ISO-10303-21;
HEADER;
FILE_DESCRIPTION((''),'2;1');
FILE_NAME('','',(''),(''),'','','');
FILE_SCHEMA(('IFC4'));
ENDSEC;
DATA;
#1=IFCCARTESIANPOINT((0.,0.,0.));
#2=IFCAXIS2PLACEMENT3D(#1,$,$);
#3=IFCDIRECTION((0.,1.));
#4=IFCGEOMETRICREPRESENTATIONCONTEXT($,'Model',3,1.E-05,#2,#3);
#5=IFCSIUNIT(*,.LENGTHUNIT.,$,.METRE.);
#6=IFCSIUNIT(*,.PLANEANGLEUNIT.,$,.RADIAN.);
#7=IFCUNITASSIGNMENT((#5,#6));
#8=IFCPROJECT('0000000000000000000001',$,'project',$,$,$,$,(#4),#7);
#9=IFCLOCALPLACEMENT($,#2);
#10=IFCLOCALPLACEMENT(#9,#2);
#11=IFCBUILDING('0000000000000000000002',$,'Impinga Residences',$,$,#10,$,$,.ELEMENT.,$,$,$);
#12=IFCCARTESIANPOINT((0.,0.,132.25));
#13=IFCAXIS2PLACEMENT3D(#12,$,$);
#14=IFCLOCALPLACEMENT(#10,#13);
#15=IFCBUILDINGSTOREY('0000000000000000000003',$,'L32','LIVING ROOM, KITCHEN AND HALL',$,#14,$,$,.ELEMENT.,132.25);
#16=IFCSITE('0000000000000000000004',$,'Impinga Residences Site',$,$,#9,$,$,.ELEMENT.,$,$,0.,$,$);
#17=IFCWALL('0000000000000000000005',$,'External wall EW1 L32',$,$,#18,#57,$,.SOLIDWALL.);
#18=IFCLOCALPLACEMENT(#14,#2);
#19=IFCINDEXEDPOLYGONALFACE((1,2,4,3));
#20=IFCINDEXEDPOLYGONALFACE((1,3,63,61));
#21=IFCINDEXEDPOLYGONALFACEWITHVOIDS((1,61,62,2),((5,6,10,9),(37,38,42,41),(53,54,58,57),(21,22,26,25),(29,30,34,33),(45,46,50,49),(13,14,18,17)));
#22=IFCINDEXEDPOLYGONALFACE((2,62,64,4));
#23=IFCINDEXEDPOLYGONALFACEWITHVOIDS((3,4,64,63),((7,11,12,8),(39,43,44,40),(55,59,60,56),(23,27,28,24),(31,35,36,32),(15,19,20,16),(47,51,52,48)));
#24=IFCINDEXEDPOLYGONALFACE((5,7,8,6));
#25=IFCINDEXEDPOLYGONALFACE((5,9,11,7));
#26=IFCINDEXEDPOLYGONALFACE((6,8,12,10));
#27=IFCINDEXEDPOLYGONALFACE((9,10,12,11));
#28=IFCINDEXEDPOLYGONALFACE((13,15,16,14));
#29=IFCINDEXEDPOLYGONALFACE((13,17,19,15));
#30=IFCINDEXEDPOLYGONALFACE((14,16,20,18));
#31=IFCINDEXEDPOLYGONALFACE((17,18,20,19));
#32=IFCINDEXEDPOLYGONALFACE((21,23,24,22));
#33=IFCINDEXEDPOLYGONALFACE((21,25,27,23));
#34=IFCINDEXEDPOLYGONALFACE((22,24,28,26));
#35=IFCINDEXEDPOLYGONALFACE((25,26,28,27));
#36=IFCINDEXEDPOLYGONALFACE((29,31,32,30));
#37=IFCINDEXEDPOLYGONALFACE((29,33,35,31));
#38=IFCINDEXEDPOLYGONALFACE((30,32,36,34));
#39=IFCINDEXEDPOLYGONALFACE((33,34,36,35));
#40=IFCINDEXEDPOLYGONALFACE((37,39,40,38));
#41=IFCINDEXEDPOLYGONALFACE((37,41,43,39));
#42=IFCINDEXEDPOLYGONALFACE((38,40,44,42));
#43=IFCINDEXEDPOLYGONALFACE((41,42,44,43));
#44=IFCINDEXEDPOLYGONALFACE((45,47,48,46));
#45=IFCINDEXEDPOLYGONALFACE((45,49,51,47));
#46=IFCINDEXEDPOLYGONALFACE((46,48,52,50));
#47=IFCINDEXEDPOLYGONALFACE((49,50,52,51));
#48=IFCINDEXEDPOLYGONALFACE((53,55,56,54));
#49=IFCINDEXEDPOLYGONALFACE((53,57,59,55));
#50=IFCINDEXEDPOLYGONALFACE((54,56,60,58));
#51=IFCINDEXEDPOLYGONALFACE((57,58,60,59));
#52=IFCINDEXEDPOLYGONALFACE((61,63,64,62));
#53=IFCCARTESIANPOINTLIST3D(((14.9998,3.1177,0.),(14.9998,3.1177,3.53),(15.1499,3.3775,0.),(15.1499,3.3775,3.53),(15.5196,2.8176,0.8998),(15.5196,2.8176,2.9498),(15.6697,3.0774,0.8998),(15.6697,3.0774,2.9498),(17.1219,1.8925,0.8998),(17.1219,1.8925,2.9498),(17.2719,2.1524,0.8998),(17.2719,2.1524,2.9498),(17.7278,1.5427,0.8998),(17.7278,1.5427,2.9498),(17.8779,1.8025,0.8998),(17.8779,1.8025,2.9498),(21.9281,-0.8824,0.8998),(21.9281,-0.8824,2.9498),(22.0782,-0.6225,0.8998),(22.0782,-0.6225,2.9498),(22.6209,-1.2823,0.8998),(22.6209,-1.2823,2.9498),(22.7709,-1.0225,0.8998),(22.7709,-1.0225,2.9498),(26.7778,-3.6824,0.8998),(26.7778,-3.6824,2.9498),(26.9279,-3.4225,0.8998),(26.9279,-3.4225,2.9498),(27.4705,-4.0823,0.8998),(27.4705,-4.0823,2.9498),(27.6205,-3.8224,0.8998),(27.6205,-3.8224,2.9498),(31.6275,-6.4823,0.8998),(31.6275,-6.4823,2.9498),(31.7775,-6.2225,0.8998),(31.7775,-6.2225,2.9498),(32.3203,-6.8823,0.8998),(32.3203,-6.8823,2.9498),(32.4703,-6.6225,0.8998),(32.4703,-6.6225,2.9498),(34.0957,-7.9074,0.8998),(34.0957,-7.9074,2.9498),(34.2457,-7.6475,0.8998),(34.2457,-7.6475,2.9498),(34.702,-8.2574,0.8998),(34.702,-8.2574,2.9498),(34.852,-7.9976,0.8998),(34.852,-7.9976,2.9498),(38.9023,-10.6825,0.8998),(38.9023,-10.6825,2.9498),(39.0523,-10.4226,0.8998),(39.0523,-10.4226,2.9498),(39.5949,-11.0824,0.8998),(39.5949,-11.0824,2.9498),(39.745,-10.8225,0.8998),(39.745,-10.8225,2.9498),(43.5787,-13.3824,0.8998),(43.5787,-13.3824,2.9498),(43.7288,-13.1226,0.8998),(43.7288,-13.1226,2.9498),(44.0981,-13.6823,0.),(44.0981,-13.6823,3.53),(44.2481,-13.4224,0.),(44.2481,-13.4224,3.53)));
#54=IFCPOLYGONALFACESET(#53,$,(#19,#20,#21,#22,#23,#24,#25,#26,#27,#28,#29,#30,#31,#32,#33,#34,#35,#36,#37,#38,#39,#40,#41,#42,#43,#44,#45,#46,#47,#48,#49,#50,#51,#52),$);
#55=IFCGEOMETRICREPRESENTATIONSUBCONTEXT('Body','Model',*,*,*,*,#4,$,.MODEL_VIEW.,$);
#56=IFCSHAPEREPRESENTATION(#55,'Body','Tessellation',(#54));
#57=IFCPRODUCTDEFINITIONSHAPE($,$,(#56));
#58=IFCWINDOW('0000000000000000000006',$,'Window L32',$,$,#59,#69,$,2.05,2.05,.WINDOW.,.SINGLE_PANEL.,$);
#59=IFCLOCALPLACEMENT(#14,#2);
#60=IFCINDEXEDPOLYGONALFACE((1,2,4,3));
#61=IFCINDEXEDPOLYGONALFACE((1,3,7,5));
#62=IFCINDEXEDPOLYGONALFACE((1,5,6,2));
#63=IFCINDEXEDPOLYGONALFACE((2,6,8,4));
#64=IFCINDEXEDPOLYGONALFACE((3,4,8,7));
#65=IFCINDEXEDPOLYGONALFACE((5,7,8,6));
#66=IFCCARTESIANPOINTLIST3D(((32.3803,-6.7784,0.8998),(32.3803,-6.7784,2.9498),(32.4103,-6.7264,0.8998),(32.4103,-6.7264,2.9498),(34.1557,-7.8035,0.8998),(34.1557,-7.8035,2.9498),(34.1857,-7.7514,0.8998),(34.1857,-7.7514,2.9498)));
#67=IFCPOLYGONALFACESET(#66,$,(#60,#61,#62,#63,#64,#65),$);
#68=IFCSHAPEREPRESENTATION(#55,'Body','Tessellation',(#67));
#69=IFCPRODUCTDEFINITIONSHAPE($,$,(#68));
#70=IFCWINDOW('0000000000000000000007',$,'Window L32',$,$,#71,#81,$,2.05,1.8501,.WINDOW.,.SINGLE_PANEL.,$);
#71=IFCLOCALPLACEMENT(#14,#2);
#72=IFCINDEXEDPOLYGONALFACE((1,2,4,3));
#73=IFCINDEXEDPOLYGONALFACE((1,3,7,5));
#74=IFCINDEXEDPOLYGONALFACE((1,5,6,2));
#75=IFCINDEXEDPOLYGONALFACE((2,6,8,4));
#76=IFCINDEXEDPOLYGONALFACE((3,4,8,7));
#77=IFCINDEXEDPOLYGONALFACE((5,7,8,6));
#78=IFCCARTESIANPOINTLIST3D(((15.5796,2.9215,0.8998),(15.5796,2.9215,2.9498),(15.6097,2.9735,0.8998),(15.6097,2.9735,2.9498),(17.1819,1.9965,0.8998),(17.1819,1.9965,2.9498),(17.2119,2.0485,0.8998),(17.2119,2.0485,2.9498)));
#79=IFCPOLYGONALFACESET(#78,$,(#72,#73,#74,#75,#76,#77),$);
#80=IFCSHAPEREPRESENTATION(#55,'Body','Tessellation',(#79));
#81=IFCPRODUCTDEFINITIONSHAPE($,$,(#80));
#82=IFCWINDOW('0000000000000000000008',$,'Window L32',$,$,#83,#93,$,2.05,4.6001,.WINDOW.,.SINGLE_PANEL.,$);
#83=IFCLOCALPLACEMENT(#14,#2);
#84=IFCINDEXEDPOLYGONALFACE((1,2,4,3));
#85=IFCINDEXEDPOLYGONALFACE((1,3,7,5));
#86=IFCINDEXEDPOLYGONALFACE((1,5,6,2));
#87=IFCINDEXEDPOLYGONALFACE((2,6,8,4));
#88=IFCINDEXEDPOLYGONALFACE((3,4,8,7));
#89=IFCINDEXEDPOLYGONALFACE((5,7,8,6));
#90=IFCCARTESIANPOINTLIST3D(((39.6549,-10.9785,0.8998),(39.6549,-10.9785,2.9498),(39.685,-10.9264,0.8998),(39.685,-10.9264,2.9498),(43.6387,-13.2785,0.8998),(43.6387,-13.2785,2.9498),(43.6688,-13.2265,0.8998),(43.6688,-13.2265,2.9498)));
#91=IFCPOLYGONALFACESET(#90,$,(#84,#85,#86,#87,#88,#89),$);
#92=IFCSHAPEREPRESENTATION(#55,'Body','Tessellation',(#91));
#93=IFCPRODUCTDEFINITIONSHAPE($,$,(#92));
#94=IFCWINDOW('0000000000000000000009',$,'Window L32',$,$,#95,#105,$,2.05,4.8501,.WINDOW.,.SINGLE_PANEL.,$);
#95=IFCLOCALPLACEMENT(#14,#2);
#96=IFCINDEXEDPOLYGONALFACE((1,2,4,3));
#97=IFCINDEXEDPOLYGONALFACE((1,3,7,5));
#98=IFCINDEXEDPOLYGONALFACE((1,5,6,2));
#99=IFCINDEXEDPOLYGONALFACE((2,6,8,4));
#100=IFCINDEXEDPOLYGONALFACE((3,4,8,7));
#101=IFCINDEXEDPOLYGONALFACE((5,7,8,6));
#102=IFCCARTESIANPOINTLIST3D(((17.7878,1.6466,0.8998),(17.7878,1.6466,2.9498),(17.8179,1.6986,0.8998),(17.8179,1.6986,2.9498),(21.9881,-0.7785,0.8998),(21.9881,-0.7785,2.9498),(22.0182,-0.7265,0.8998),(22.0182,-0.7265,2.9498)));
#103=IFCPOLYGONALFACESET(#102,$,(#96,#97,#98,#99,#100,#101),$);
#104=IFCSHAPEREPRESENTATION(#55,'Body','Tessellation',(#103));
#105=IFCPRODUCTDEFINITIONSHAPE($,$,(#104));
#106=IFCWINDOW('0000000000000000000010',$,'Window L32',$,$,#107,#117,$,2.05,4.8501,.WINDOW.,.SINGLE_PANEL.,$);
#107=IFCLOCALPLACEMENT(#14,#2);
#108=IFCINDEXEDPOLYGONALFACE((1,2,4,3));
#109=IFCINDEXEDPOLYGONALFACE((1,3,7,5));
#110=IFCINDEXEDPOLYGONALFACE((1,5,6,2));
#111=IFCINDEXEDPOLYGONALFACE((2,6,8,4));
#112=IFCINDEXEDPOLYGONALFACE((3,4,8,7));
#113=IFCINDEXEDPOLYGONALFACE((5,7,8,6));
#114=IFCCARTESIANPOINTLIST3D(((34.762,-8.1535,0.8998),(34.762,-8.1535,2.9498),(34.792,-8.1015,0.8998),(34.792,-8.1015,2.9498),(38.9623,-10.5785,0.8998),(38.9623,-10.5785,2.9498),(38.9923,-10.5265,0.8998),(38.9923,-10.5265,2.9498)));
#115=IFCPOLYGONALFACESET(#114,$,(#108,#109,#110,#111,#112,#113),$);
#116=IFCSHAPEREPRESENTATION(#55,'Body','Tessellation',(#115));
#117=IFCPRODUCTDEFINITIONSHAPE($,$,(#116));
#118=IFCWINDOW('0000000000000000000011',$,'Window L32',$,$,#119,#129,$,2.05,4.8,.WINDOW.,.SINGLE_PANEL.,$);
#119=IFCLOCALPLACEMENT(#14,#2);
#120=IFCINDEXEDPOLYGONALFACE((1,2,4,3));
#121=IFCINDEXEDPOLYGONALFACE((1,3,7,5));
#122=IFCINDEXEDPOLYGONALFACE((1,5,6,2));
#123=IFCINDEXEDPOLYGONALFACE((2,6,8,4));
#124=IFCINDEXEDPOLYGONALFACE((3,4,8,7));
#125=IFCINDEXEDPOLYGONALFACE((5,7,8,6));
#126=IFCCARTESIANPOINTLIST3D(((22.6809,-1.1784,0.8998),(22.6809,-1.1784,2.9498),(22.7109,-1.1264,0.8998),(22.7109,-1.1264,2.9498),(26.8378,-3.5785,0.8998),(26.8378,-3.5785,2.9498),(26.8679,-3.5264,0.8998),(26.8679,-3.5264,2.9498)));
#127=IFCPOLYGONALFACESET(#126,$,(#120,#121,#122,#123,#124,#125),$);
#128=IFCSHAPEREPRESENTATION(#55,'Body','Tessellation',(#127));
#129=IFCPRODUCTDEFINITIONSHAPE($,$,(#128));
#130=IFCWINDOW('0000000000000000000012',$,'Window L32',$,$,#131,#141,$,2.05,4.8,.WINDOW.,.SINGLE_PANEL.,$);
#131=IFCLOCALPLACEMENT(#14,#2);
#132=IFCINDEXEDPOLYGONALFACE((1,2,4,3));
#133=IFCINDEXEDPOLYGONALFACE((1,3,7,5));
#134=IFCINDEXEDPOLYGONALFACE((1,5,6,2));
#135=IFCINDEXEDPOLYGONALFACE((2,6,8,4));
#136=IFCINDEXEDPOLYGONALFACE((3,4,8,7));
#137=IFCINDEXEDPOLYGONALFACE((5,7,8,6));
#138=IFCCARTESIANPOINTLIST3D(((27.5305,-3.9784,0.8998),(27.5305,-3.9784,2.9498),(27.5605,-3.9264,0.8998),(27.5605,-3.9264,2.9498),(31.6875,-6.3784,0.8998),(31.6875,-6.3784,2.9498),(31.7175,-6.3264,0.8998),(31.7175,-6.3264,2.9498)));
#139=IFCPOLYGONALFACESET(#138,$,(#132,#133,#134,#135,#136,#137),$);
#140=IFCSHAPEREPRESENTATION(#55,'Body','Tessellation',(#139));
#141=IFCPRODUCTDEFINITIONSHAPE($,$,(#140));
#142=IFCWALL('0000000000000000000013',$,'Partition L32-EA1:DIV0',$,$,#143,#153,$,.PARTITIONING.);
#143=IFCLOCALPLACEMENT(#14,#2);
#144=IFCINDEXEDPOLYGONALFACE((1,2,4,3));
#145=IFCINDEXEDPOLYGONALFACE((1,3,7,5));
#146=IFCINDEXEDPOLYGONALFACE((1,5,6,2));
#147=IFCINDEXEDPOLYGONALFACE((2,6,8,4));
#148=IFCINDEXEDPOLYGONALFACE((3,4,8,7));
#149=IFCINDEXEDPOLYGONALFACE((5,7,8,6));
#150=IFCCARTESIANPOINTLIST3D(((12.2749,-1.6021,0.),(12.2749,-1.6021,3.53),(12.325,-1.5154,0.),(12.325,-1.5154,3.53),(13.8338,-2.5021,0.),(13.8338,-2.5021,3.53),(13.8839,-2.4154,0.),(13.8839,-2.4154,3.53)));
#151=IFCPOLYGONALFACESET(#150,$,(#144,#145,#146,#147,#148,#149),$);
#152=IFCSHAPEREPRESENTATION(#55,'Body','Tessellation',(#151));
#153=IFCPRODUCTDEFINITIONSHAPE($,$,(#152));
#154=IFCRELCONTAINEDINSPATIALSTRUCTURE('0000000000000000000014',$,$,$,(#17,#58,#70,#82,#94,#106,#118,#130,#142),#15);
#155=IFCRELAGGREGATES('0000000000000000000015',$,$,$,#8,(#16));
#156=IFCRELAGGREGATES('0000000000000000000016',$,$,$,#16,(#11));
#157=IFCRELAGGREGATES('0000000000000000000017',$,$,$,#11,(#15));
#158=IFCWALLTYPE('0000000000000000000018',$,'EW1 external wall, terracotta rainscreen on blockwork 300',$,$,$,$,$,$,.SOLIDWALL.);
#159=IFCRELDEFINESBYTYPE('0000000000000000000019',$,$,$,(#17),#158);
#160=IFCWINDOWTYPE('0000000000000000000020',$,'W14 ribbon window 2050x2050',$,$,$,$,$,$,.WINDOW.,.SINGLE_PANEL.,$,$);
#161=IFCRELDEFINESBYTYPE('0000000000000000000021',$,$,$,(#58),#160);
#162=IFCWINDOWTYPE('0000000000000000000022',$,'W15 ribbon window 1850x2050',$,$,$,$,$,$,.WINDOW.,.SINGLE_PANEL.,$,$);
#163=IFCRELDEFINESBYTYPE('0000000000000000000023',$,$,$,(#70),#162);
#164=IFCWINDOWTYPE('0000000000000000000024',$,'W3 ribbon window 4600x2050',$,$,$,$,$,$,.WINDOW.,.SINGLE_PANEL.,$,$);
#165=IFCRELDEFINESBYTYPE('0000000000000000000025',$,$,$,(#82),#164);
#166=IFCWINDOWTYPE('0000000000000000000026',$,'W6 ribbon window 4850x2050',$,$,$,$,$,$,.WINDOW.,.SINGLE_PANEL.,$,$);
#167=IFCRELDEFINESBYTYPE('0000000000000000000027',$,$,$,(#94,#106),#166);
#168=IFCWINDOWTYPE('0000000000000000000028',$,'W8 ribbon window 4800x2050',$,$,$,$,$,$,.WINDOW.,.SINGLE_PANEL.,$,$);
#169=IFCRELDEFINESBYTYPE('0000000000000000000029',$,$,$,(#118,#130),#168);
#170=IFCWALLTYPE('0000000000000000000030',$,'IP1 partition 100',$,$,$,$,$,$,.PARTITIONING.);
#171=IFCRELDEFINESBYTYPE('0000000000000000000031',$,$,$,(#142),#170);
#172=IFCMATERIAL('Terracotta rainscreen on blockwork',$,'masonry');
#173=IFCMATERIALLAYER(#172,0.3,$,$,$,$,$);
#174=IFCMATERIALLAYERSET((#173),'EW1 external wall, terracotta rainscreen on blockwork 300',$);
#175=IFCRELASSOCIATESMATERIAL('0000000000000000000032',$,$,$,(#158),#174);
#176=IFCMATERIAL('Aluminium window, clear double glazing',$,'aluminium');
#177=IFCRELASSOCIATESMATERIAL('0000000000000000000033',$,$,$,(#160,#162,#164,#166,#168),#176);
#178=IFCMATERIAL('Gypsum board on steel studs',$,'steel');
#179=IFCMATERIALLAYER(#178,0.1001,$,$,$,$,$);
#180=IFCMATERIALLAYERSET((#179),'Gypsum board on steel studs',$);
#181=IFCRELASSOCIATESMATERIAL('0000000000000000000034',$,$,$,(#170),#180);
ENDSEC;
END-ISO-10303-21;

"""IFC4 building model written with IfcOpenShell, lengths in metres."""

from ifc_helpers import new_model, si_unit, direction, frame, frame_2d, origin, place, context, subcontext, project, spatial, rectangle, extrude, material, layer, layer_set, type_object, element, fill, save


model = new_model("IFC4")

# Units and contexts
model_context = context("Model", 3, precision=1e-05, world=origin(), true_north=direction((0.0, 1.0)))
body_context = subcontext(model_context, "Body", "Model", "MODEL_VIEW")
ifc_project = project(units=[si_unit("LENGTHUNIT", "METRE"), si_unit("PLANEANGLEUNIT", "RADIAN")], contexts=[model_context])

# Site, building, storey
site_placement = place(None, origin())
site = spatial("IfcSite", under=ifc_project, at=site_placement, Name="Impinga Residences Site", CompositionType="ELEMENT", RefElevation=0.0)
building_placement = place(site_placement, origin())
building = spatial("IfcBuilding", under=site, at=building_placement, Name="Impinga Residences", CompositionType="ELEMENT")
storey_placement = place(building_placement, frame((0.0, 0.0, 132.25)))
storey = spatial("IfcBuildingStorey", under=building, at=storey_placement, Name="L32", Description="LIVING ROOM, KITCHEN AND HALL", CompositionType="ELEMENT", Elevation=132.25)

# Shared definitions
ifc_material_1 = material(Name="Terracotta rainscreen on blockwork", Category="masonry")
ifc_layer_1 = layer(ifc_material_1, 0.3)
ifc_layer_set_1 = layer_set([ifc_layer_1], Name="EW1 external wall, terracotta rainscreen on blockwork 300")
wall_type_1 = type_object("IfcWallType", Name="EW1 external wall, terracotta rainscreen on blockwork 300", PredefinedType="SOLIDWALL", material=ifc_layer_set_1)

# Wall, openings, windows
wall_1_placement = place(storey_placement, frame((15.075, 3.2476, 0.0), z_axis=(0.0, 0.0, 1.0), x_axis=(0.866024, -0.500002, 0.0)))
wall_1 = element("IfcWall", 1, at=wall_1_placement, inside=storey, type_object=wall_type_1, Name="External wall EW1 L32", PredefinedType="SOLIDWALL", context=body_context, shape_type="SweptSolid", body=[
    extrude(rectangle(XDim=33.5999, YDim=0.3, at=frame_2d((16.7998, 0.0))), origin(), (0.0, 0.0, 1.0), 3.53),
])
opening_1_placement = place(wall_1_placement, frame((0.6001, 0.0, 0.8999)))
opening_1 = element("IfcOpeningElement", 2, at=opening_1_placement, cuts=wall_1, PredefinedType="OPENING", context=body_context, shape_type="SweptSolid", body=[
    extrude(rectangle(XDim=1.8501, YDim=2.05, at=frame_2d((0.925, 1.0249))), frame((0.0, 0.1599, 0.0), z_axis=(0.0, -1.0, 0.0), x_axis=(1.0, 0.0, 0.0)), (0.0, 0.0, 1.0), 0.3201),
])
opening_2_placement = place(wall_1_placement, frame((3.1499, 0.0, 0.8999)))
opening_2 = element("IfcOpeningElement", 3, at=opening_2_placement, cuts=wall_1, PredefinedType="OPENING", context=body_context, shape_type="SweptSolid", body=[
    extrude(rectangle(XDim=4.8501, YDim=2.05, at=frame_2d((2.425, 1.0249))), frame((0.0, 0.1599, 0.0), z_axis=(0.0, -1.0, 0.0), x_axis=(1.0, 0.0, 0.0)), (0.0, 0.0, 1.0), 0.3201),
])
opening_3_placement = place(wall_1_placement, frame((8.8, 0.0, 0.8999)))
opening_3 = element("IfcOpeningElement", 4, at=opening_3_placement, cuts=wall_1, PredefinedType="OPENING", context=body_context, shape_type="SweptSolid", body=[
    extrude(rectangle(XDim=4.8, YDim=2.05, at=frame_2d((2.3999, 1.0249))), frame((0.0, 0.1599, 0.0), z_axis=(0.0, -1.0, 0.0), x_axis=(1.0, 0.0, 0.0)), (0.0, 0.0, 1.0), 0.3201),
])
opening_4_placement = place(wall_1_placement, frame((14.3999, 0.0, 0.8999)))
opening_4 = element("IfcOpeningElement", 5, at=opening_4_placement, cuts=wall_1, PredefinedType="OPENING", context=body_context, shape_type="SweptSolid", body=[
    extrude(rectangle(XDim=4.8, YDim=2.05, at=frame_2d((2.3999, 1.0249))), frame((0.0, 0.1599, 0.0), z_axis=(0.0, -1.0, 0.0), x_axis=(1.0, 0.0, 0.0)), (0.0, 0.0, 1.0), 0.3201),
])
opening_5_placement = place(wall_1_placement, frame((20.0, 0.0, 0.8999)))
opening_5 = element("IfcOpeningElement", 6, at=opening_5_placement, cuts=wall_1, PredefinedType="OPENING", context=body_context, shape_type="SweptSolid", body=[
    extrude(rectangle(XDim=2.05, YDim=2.05, at=frame_2d((1.0249, 1.0249))), frame((0.0, 0.1599, 0.0), z_axis=(0.0, -1.0, 0.0), x_axis=(1.0, 0.0, 0.0)), (0.0, 0.0, 1.0), 0.3201),
])
opening_6_placement = place(wall_1_placement, frame((22.75, 0.0, 0.8999)))
opening_6 = element("IfcOpeningElement", 7, at=opening_6_placement, cuts=wall_1, PredefinedType="OPENING", context=body_context, shape_type="SweptSolid", body=[
    extrude(rectangle(XDim=4.8501, YDim=2.05, at=frame_2d((2.425, 1.0249))), frame((0.0, 0.1599, 0.0), z_axis=(0.0, -1.0, 0.0), x_axis=(1.0, 0.0, 0.0)), (0.0, 0.0, 1.0), 0.3201),
])
opening_7_placement = place(wall_1_placement, frame((28.3999, 0.0, 0.8999)))
opening_7 = element("IfcOpeningElement", 8, at=opening_7_placement, cuts=wall_1, PredefinedType="OPENING", context=body_context, shape_type="SweptSolid", body=[
    extrude(rectangle(XDim=4.6001, YDim=2.05, at=frame_2d((2.3, 1.0249))), frame((0.0, 0.1599, 0.0), z_axis=(0.0, -1.0, 0.0), x_axis=(1.0, 0.0, 0.0)), (0.0, 0.0, 1.0), 0.3201),
])
ifc_material_2 = material(Name="Aluminium window, clear double glazing", Category="aluminium")
window_type_1 = type_object("IfcWindowType", Name="W14 ribbon window 2050x2050", PartitioningType="SINGLE_PANEL", PredefinedType="WINDOW", material=ifc_material_2)
window_1_placement = place(opening_5_placement, origin())
window_1 = element("IfcWindow", 9, at=window_1_placement, inside=storey, type_object=window_type_1, Name="Window L32", OverallHeight=2.05, OverallWidth=2.05, PartitioningType="SINGLE_PANEL", PredefinedType="WINDOW", context=body_context, shape_type="SweptSolid", body=[
    extrude(rectangle(XDim=2.05, YDim=2.05, at=frame_2d((1.0249, 1.0249))), frame((0.0, 0.03, 0.0), z_axis=(0.0, -1.0, 0.0), x_axis=(1.0, 0.0, 0.0)), (0.0, 0.0, 1.0), 0.0601),
])
fill(opening_5, window_1)
window_type_2 = type_object("IfcWindowType", Name="W15 ribbon window 1850x2050", PartitioningType="SINGLE_PANEL", PredefinedType="WINDOW", material=ifc_material_2)
window_2_placement = place(opening_1_placement, origin())
window_2 = element("IfcWindow", 10, at=window_2_placement, inside=storey, type_object=window_type_2, Name="Window L32", OverallHeight=2.05, OverallWidth=1.8501, PartitioningType="SINGLE_PANEL", PredefinedType="WINDOW", context=body_context, shape_type="SweptSolid", body=[
    extrude(rectangle(XDim=1.8501, YDim=2.05, at=frame_2d((0.925, 1.0249))), frame((0.0, 0.03, 0.0), z_axis=(0.0, -1.0, 0.0), x_axis=(1.0, 0.0, 0.0)), (0.0, 0.0, 1.0), 0.0601),
])
fill(opening_1, window_2)
window_type_3 = type_object("IfcWindowType", Name="W3 ribbon window 4600x2050", PartitioningType="SINGLE_PANEL", PredefinedType="WINDOW", material=ifc_material_2)
window_3_placement = place(opening_7_placement, origin())
window_3 = element("IfcWindow", 11, at=window_3_placement, inside=storey, type_object=window_type_3, Name="Window L32", OverallHeight=2.05, OverallWidth=4.6001, PartitioningType="SINGLE_PANEL", PredefinedType="WINDOW", context=body_context, shape_type="SweptSolid", body=[
    extrude(rectangle(XDim=4.6001, YDim=2.05, at=frame_2d((2.3, 1.0249))), frame((0.0, 0.03, 0.0), z_axis=(0.0, -1.0, 0.0), x_axis=(1.0, 0.0, 0.0)), (0.0, 0.0, 1.0), 0.0601),
])
fill(opening_7, window_3)
window_type_4 = type_object("IfcWindowType", Name="W6 ribbon window 4850x2050", PartitioningType="SINGLE_PANEL", PredefinedType="WINDOW", material=ifc_material_2)
window_4_placement = place(opening_2_placement, origin())
window_4 = element("IfcWindow", 12, at=window_4_placement, inside=storey, type_object=window_type_4, Name="Window L32", OverallHeight=2.05, OverallWidth=4.8501, PartitioningType="SINGLE_PANEL", PredefinedType="WINDOW", context=body_context, shape_type="SweptSolid", body=[
    extrude(rectangle(XDim=4.8501, YDim=2.05, at=frame_2d((2.425, 1.0249))), frame((0.0, 0.03, 0.0), z_axis=(0.0, -1.0, 0.0), x_axis=(1.0, 0.0, 0.0)), (0.0, 0.0, 1.0), 0.0601),
])
fill(opening_2, window_4)
window_5_placement = place(opening_6_placement, origin())
window_5 = element("IfcWindow", 13, at=window_5_placement, inside=storey, type_object=window_type_4, Name="Window L32", OverallHeight=2.05, OverallWidth=4.8501, PartitioningType="SINGLE_PANEL", PredefinedType="WINDOW", context=body_context, shape_type="SweptSolid", body=[
    extrude(rectangle(XDim=4.8501, YDim=2.05, at=frame_2d((2.425, 1.0249))), frame((0.0, 0.03, 0.0), z_axis=(0.0, -1.0, 0.0), x_axis=(1.0, 0.0, 0.0)), (0.0, 0.0, 1.0), 0.0601),
])
fill(opening_6, window_5)
window_type_5 = type_object("IfcWindowType", Name="W8 ribbon window 4800x2050", PartitioningType="SINGLE_PANEL", PredefinedType="WINDOW", material=ifc_material_2)
window_6_placement = place(opening_3_placement, origin())
window_6 = element("IfcWindow", 14, at=window_6_placement, inside=storey, type_object=window_type_5, Name="Window L32", OverallHeight=2.05, OverallWidth=4.8, PartitioningType="SINGLE_PANEL", PredefinedType="WINDOW", context=body_context, shape_type="SweptSolid", body=[
    extrude(rectangle(XDim=4.8, YDim=2.05, at=frame_2d((2.3999, 1.0249))), frame((0.0, 0.03, 0.0), z_axis=(0.0, -1.0, 0.0), x_axis=(1.0, 0.0, 0.0)), (0.0, 0.0, 1.0), 0.0601),
])
fill(opening_3, window_6)
window_7_placement = place(opening_4_placement, origin())
window_7 = element("IfcWindow", 15, at=window_7_placement, inside=storey, type_object=window_type_5, Name="Window L32", OverallHeight=2.05, OverallWidth=4.8, PartitioningType="SINGLE_PANEL", PredefinedType="WINDOW", context=body_context, shape_type="SweptSolid", body=[
    extrude(rectangle(XDim=4.8, YDim=2.05, at=frame_2d((2.3999, 1.0249))), frame((0.0, 0.03, 0.0), z_axis=(0.0, -1.0, 0.0), x_axis=(1.0, 0.0, 0.0)), (0.0, 0.0, 1.0), 0.0601),
])
fill(opening_4, window_7)

# Wall
ifc_material_3 = material(Name="Gypsum board on steel studs", Category="steel")
ifc_layer_2 = layer(ifc_material_3, 0.1001)
ifc_layer_set_2 = layer_set([ifc_layer_2], Name="Gypsum board on steel studs")
wall_type_2 = type_object("IfcWallType", Name="IP1 partition 100", PredefinedType="PARTITIONING", material=ifc_layer_set_2)
wall_2_placement = place(storey_placement, frame((12.3, -1.5588, 0.0), z_axis=(0.0, 0.0, 1.0), x_axis=(0.866048, -0.499961, 0.0)))
element("IfcWall", 16, at=wall_2_placement, inside=storey, type_object=wall_type_2, Name="Partition L32-EA1:DIV0", PredefinedType="PARTITIONING", context=body_context, shape_type="SweptSolid", body=[
    extrude(rectangle(XDim=1.8, YDim=0.1001, at=frame_2d((0.8999, 0.0))), origin(), (0.0, 0.0, 1.0), 3.53),
])

save(model, "model.ifc")
